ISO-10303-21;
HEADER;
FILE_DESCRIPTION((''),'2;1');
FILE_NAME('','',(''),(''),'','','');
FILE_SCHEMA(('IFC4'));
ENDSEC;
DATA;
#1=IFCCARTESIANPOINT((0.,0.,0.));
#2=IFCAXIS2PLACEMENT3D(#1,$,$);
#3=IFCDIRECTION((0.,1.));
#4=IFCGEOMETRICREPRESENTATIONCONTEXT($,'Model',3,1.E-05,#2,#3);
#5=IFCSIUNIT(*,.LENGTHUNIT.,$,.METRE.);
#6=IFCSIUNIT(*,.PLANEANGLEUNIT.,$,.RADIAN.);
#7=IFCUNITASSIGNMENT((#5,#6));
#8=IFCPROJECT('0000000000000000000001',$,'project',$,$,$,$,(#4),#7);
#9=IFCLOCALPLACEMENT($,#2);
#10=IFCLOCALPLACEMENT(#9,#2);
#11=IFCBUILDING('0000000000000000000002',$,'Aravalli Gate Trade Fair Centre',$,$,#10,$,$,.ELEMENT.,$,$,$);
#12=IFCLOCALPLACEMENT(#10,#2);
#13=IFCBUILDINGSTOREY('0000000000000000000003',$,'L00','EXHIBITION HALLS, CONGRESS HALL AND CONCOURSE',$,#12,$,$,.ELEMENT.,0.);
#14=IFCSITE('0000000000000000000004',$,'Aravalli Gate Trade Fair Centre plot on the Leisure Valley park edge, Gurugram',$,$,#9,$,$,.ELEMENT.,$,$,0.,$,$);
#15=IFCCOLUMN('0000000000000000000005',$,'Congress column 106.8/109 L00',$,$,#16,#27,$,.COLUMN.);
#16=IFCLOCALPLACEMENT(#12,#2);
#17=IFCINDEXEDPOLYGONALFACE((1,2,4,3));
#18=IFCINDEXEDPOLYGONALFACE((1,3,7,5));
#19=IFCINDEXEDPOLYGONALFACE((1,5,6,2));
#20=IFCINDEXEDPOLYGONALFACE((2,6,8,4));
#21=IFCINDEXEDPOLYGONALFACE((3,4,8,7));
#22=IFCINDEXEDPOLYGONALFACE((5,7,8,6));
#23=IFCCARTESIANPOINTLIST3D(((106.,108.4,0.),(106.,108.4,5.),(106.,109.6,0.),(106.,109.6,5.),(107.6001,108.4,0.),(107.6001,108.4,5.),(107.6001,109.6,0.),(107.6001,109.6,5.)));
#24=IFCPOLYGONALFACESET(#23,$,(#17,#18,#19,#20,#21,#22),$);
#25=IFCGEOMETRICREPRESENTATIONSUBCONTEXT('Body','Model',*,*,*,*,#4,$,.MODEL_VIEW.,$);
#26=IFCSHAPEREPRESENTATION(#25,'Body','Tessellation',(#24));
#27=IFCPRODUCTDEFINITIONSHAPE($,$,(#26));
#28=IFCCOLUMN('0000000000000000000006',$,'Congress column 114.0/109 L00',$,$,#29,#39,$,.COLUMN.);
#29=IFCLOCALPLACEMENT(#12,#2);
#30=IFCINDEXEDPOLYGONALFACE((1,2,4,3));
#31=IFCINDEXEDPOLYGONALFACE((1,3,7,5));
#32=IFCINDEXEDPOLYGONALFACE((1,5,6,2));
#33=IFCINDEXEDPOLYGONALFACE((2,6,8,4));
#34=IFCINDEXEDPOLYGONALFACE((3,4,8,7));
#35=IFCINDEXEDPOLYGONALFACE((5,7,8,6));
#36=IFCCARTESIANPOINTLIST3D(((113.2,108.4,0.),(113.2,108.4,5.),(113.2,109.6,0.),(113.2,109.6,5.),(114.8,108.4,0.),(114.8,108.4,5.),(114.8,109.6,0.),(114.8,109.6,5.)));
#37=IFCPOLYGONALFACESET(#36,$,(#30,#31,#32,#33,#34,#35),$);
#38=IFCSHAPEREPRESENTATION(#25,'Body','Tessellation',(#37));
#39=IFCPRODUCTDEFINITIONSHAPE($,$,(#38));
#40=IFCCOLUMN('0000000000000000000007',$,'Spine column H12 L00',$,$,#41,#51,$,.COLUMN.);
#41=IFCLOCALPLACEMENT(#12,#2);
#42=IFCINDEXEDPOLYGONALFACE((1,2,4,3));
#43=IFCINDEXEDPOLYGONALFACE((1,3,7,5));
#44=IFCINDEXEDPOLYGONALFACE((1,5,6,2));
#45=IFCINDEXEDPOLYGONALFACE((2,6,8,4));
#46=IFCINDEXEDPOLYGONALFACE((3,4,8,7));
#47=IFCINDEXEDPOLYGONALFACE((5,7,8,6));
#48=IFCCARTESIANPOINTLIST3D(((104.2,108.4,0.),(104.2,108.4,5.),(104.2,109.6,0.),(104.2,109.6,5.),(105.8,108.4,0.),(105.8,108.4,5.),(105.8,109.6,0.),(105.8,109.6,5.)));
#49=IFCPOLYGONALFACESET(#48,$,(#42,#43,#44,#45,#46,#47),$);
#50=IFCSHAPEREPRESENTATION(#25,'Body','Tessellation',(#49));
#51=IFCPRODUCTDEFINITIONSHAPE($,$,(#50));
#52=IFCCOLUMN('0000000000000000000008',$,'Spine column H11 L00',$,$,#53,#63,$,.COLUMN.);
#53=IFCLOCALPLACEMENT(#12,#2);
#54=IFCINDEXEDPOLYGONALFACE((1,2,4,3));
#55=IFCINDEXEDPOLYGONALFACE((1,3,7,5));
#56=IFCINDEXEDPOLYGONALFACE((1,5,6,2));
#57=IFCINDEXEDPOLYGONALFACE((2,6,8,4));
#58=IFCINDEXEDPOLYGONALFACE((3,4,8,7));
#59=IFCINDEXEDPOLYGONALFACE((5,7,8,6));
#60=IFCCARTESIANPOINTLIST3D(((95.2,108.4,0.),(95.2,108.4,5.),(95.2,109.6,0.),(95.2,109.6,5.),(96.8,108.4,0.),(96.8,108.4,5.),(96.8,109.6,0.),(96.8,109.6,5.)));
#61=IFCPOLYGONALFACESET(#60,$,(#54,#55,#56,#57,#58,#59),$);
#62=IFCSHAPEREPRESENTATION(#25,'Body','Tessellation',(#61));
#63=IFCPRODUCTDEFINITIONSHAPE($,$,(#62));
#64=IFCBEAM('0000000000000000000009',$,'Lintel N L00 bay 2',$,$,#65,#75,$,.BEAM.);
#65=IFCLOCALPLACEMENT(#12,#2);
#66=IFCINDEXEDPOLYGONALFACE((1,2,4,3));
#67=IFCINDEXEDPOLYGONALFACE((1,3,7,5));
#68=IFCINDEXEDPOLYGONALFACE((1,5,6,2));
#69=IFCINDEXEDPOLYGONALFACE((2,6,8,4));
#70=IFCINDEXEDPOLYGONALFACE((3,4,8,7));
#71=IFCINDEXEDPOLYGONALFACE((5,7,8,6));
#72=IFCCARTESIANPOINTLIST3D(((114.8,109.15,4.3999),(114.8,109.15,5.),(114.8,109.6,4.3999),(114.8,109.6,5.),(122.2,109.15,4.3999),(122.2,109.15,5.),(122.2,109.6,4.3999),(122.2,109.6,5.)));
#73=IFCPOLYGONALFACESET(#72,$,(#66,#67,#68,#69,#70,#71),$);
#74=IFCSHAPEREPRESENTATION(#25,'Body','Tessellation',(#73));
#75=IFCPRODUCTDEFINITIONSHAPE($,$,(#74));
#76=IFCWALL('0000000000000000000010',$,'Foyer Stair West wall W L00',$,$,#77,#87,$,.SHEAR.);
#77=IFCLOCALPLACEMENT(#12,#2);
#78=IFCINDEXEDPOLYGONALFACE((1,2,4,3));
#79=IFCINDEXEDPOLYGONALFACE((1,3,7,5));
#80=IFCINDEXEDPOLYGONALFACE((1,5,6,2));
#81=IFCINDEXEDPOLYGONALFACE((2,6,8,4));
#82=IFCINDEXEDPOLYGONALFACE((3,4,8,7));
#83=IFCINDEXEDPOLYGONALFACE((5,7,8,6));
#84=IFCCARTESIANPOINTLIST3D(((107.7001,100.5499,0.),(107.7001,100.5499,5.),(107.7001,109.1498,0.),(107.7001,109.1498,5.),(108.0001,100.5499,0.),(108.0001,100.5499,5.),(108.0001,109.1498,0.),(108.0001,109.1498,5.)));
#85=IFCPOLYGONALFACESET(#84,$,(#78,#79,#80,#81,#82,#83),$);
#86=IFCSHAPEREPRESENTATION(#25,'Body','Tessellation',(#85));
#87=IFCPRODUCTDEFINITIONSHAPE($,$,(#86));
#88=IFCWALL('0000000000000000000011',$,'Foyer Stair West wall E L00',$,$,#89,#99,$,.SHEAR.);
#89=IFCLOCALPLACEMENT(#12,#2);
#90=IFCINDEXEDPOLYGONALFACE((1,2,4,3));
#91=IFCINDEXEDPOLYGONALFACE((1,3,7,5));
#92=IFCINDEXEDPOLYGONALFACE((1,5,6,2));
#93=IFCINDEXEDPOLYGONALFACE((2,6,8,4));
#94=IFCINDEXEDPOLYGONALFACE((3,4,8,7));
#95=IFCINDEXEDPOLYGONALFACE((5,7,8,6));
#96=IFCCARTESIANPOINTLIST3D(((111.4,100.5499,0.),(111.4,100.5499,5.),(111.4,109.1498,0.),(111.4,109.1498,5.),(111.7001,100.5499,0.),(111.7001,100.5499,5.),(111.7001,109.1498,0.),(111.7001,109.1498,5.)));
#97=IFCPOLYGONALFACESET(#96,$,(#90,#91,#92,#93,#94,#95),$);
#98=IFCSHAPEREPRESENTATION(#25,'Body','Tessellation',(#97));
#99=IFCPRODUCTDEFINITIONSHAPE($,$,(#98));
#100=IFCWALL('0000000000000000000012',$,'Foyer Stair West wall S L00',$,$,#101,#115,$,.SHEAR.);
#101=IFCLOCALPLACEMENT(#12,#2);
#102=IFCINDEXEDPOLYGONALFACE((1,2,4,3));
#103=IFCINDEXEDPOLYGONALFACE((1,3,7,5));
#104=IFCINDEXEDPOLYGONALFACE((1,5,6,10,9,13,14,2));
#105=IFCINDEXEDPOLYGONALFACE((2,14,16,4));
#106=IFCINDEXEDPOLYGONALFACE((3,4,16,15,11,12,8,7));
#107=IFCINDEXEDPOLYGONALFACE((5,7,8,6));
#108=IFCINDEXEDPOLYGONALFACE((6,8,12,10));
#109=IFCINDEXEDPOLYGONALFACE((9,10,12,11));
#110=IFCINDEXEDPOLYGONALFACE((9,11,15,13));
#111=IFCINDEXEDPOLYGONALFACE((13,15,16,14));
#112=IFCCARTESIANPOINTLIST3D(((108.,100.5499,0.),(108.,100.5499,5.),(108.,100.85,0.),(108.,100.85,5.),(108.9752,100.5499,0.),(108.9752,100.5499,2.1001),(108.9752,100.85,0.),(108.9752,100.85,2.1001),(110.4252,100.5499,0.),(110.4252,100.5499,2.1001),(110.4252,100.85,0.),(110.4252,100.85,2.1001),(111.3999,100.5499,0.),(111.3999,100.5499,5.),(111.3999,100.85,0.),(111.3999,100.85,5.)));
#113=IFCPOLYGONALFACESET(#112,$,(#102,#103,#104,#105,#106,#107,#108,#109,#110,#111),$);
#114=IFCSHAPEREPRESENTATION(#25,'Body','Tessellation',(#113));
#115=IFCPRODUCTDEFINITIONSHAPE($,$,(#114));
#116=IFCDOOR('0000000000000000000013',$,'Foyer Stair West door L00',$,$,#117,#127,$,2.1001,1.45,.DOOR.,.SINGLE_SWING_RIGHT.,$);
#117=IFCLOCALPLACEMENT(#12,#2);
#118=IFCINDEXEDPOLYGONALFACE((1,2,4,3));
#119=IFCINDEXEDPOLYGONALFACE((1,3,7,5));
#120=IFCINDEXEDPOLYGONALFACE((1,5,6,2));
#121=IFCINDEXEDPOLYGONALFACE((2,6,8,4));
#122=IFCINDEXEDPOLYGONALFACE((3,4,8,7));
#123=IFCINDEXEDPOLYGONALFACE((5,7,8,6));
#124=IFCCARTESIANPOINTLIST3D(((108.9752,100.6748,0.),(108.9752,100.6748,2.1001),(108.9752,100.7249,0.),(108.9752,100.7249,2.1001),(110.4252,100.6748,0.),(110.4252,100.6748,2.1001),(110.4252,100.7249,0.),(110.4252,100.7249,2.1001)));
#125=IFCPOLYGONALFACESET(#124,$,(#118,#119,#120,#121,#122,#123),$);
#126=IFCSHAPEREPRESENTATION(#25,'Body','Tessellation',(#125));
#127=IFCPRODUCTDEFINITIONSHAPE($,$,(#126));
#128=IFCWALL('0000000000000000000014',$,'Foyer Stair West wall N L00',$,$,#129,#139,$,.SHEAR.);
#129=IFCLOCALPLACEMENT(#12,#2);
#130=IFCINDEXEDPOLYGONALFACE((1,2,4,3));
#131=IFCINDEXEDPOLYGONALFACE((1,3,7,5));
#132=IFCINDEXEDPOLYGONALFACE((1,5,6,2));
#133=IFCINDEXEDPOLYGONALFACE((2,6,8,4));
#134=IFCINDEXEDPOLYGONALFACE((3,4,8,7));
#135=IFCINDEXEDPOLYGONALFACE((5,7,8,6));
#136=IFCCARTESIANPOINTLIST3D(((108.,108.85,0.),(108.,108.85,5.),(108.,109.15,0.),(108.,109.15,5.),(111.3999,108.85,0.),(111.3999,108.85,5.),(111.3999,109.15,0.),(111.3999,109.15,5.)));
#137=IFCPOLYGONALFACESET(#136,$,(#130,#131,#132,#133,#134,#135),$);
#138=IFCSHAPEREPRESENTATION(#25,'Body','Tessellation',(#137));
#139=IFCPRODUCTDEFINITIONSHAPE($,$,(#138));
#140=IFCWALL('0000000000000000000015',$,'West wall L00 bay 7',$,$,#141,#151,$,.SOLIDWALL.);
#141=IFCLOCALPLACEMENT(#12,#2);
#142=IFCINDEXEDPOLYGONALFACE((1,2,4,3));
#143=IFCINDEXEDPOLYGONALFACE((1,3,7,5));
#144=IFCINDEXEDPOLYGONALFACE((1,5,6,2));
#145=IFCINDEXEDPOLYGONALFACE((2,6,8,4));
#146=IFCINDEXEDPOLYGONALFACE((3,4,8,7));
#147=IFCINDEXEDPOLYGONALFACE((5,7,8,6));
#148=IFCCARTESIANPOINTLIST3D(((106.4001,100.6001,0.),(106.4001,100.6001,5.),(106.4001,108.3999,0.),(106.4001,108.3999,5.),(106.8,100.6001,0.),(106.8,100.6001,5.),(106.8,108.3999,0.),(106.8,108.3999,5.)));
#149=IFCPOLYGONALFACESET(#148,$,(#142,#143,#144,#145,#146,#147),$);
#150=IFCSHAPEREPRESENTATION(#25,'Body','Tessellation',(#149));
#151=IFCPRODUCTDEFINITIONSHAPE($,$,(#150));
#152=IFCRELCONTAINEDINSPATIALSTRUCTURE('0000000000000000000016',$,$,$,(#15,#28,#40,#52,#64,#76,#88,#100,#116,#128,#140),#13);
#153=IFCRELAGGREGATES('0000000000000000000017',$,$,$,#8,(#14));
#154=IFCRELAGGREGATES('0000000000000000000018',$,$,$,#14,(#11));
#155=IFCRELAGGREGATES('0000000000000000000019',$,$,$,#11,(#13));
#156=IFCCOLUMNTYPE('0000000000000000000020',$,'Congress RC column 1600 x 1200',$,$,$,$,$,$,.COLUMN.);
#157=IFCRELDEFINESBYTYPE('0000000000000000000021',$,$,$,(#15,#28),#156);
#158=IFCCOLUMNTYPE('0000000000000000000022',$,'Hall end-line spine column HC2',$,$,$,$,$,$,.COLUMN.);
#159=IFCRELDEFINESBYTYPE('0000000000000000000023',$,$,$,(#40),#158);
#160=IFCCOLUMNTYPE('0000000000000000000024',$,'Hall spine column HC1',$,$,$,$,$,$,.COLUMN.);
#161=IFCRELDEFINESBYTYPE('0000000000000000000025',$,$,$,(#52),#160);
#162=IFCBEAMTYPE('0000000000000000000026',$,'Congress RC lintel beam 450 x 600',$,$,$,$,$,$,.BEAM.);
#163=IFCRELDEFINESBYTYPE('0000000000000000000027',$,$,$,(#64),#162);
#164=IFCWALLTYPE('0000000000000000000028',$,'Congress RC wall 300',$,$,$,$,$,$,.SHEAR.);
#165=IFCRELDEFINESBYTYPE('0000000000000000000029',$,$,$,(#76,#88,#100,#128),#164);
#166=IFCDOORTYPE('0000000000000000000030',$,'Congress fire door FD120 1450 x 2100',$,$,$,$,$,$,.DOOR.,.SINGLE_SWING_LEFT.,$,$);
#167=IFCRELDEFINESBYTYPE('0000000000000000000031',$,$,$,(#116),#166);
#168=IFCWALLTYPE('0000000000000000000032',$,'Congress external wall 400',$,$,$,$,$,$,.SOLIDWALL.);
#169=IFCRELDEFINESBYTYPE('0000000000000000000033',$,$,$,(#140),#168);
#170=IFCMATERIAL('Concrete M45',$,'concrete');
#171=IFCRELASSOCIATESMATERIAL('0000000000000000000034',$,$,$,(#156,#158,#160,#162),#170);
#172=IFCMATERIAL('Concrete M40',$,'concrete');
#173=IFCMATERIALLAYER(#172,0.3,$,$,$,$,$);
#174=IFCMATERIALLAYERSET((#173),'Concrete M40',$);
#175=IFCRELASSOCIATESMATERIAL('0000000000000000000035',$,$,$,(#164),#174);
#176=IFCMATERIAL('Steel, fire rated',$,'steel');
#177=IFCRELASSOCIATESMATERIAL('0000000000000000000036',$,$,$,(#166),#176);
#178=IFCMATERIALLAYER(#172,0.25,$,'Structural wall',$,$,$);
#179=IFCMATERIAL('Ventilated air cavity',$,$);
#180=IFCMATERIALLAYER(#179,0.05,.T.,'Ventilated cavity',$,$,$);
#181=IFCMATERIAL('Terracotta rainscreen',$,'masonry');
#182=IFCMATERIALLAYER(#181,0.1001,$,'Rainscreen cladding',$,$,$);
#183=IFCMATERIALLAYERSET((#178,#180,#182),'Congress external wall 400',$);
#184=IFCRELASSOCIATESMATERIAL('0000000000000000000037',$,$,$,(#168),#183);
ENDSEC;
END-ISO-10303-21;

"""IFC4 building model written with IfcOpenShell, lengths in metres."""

from ifc_helpers import new_model, si_unit, direction, frame, frame_2d, origin, origin_2d, place, context, subcontext, project, spatial, rectangle, extrude, material, layer, layer_set, material_profile, profile_set, type_object, element, fill, save


model = new_model("IFC4")

# Units and contexts
model_context = context("Model", 3, precision=1e-05, world=origin(), true_north=direction((0.0, 1.0)))
body_context = subcontext(model_context, "Body", "Model", "MODEL_VIEW")
ifc_project = project(units=[si_unit("LENGTHUNIT", "METRE"), si_unit("PLANEANGLEUNIT", "RADIAN")], contexts=[model_context])

# Site, building, storey
site_placement = place(None, origin())
site = spatial("IfcSite", under=ifc_project, at=site_placement, Name="Aravalli Gate Trade Fair Centre plot on the Leisure Valley park edge, Gurugram", CompositionType="ELEMENT", RefElevation=0.0)
building_placement = place(site_placement, origin())
building = spatial("IfcBuilding", under=site, at=building_placement, Name="Aravalli Gate Trade Fair Centre", CompositionType="ELEMENT")
storey_placement = place(building_placement, origin())
storey = spatial("IfcBuildingStorey", under=building, at=storey_placement, Name="L00", Description="EXHIBITION HALLS, CONGRESS HALL AND CONCOURSE", CompositionType="ELEMENT", Elevation=0.0)

# Columns
ifc_material_1 = material(Name="Concrete M45", Category="concrete")
ifc_material_profile_1 = material_profile(ifc_material_1, rectangle(XDim=1.6001, YDim=1.2, at=origin_2d()), Name="RC 1600x1200")
ifc_profile_set_1 = profile_set([ifc_material_profile_1], Name="Concrete M45")
column_type_1 = type_object("IfcColumnType", Name="Congress RC column 1600 x 1200", PredefinedType="COLUMN", material=ifc_profile_set_1)
for number, where, z_axis, x_axis, name in (
    (1, (106.8, 109.0, 0.0), (0.0, 0.0, 1.0), (1.0, 0.0, 0.0), "Congress column 106.8/109 L00"),
    (2, (114.0, 109.0, 0.0), (0.0, 0.0, 1.0), (1.0, 0.0, 0.0), "Congress column 114.0/109 L00"),
):
    element("IfcColumn", number, at=place(storey_placement, frame(where, z_axis=z_axis, x_axis=x_axis)), inside=storey, type_object=column_type_1, Name=name, PredefinedType="COLUMN", context=body_context, shape_type="SweptSolid", body=[
        extrude(rectangle(XDim=1.6001, YDim=1.2, at=origin_2d()), origin(), (0.0, 0.0, 1.0), 5.0),
    ])
ifc_material_profile_2 = material_profile(ifc_material_1, rectangle(XDim=1.6001, YDim=1.2, at=origin_2d()), Name="RC 1600x1200")
ifc_profile_set_2 = profile_set([ifc_material_profile_2], Name="Concrete M45")
column_type_2 = type_object("IfcColumnType", Name="Hall end-line spine column HC2", PredefinedType="COLUMN", material=ifc_profile_set_2)
column_1_placement = place(storey_placement, frame((105.0, 109.0, 0.0), z_axis=(0.0, 0.0, 1.0), x_axis=(1.0, 0.0, 0.0)))
element("IfcColumn", 3, at=column_1_placement, inside=storey, type_object=column_type_2, Name="Spine column H12 L00", PredefinedType="COLUMN", context=body_context, shape_type="SweptSolid", body=[
    extrude(rectangle(XDim=1.6001, YDim=1.2, at=origin_2d()), origin(), (0.0, 0.0, 1.0), 5.0),
])
ifc_material_profile_3 = material_profile(ifc_material_1, rectangle(XDim=1.6001, YDim=1.2, at=origin_2d()), Name="RC 1600x1200")
ifc_profile_set_3 = profile_set([ifc_material_profile_3], Name="Concrete M45")
column_type_3 = type_object("IfcColumnType", Name="Hall spine column HC1", PredefinedType="COLUMN", material=ifc_profile_set_3)
column_2_placement = place(storey_placement, frame((96.0, 109.0, 0.0), z_axis=(0.0, 0.0, 1.0), x_axis=(1.0, 0.0, 0.0)))
element("IfcColumn", 4, at=column_2_placement, inside=storey, type_object=column_type_3, Name="Spine column H11 L00", PredefinedType="COLUMN", context=body_context, shape_type="SweptSolid", body=[
    extrude(rectangle(XDim=1.6001, YDim=1.2, at=origin_2d()), origin(), (0.0, 0.0, 1.0), 5.0),
])

# Beam
ifc_material_profile_4 = material_profile(ifc_material_1, rectangle(XDim=0.45, YDim=0.6001, at=origin_2d()), Name="RC 450x600")
ifc_profile_set_4 = profile_set([ifc_material_profile_4], Name="Concrete M45")
beam_type = type_object("IfcBeamType", Name="Congress RC lintel beam 450 x 600", PredefinedType="BEAM", material=ifc_profile_set_4)
beam_placement = place(storey_placement, frame((114.8, 109.375, 4.7), z_axis=(1.0, 0.0, 0.0), x_axis=(0.0, 1.0, 0.0)))
element("IfcBeam", 5, at=beam_placement, inside=storey, type_object=beam_type, Name="Lintel N L00 bay 2", PredefinedType="BEAM", context=body_context, shape_type="SweptSolid", body=[
    extrude(rectangle(XDim=0.45, YDim=0.6001, at=origin_2d()), origin(), (0.0, 0.0, 1.0), 7.3999),
])

# Walls
ifc_material_2 = material(Name="Concrete M40", Category="concrete")
ifc_layer_1 = layer(ifc_material_2, 0.3)
ifc_layer_set_1 = layer_set([ifc_layer_1], Name="Concrete M40")
wall_type_1 = type_object("IfcWallType", Name="Congress RC wall 300", PredefinedType="SHEAR", material=ifc_layer_set_1)
for number, where, z_axis, x_axis, name in (
    (6, (107.8501, 100.55, 0.0), (0.0, 0.0, 1.0), (0.0, 1.0, 0.0), "Foyer Stair West wall W L00"),
    (7, (111.55, 100.55, 0.0), (0.0, 0.0, 1.0), (0.0, 1.0, 0.0), "Foyer Stair West wall E L00"),
):
    element("IfcWall", number, at=place(storey_placement, frame(where, z_axis=z_axis, x_axis=x_axis)), inside=storey, type_object=wall_type_1, Name=name, PredefinedType="SHEAR", context=body_context, shape_type="SweptSolid", body=[
        extrude(rectangle(XDim=8.5999, YDim=0.3, at=frame_2d((4.2998, 0.0))), origin(), (0.0, 0.0, 1.0), 5.0),
    ])

# Wall, opening, door
wall_1_placement = place(storey_placement, frame((108.0, 100.7, 0.0), z_axis=(0.0, 0.0, 1.0), x_axis=(1.0, 0.0, 0.0)))
wall_1 = element("IfcWall", 8, at=wall_1_placement, inside=storey, type_object=wall_type_1, Name="Foyer Stair West wall S L00", PredefinedType="SHEAR", context=body_context, shape_type="SweptSolid", body=[
    extrude(rectangle(XDim=3.3999, YDim=0.3, at=frame_2d((1.7, 0.0))), origin(), (0.0, 0.0, 1.0), 5.0),
])
opening_1_placement = place(wall_1_placement, frame((0.9751, 0.0, 0.0)))
opening_1 = element("IfcOpeningElement", 9, at=opening_1_placement, cuts=wall_1, PredefinedType="OPENING", context=body_context, shape_type="SweptSolid", body=[
    extrude(rectangle(XDim=1.45, YDim=2.1001, at=frame_2d((0.7251, 1.05))), frame((0.0, 0.1599, 0.0), z_axis=(0.0, -1.0, 0.0), x_axis=(1.0, 0.0, 0.0)), (0.0, 0.0, 1.0), 0.3201),
])
ifc_material_3 = material(Name="Steel, fire rated", Category="steel")
door_type_1 = type_object("IfcDoorType", Name="Congress fire door FD120 1450 x 2100", OperationType="SINGLE_SWING_LEFT", PredefinedType="DOOR", material=ifc_material_3)
door_1_placement = place(opening_1_placement, origin())
door_1 = element("IfcDoor", 10, at=door_1_placement, inside=storey, type_object=door_type_1, Name="Foyer Stair West door L00", OperationType="SINGLE_SWING_RIGHT", OverallHeight=2.1001, OverallWidth=1.45, PredefinedType="DOOR", context=body_context, shape_type="SweptSolid", body=[
    extrude(rectangle(XDim=1.45, YDim=2.1001, at=frame_2d((0.7251, 1.05))), frame((0.0, 0.0249, 0.0), z_axis=(0.0, -1.0, 0.0), x_axis=(1.0, 0.0, 0.0)), (0.0, 0.0, 1.0), 0.05),
])
fill(opening_1, door_1)

# Walls
wall_2_placement = place(storey_placement, frame((108.0, 109.0, 0.0), z_axis=(0.0, 0.0, 1.0), x_axis=(1.0, 0.0, 0.0)))
element("IfcWall", 11, at=wall_2_placement, inside=storey, type_object=wall_type_1, Name="Foyer Stair West wall N L00", PredefinedType="SHEAR", context=body_context, shape_type="SweptSolid", body=[
    extrude(rectangle(XDim=3.3999, YDim=0.3, at=frame_2d((1.7, 0.0))), origin(), (0.0, 0.0, 1.0), 5.0),
])
ifc_layer_2 = layer(ifc_material_2, 0.25, Name="Structural wall")
ifc_material_4 = material(Name="Ventilated air cavity")
ifc_layer_3 = layer(ifc_material_4, 0.05, ventilated=True, Name="Ventilated cavity")
ifc_material_5 = material(Name="Terracotta rainscreen", Category="masonry")
ifc_layer_4 = layer(ifc_material_5, 0.1001, Name="Rainscreen cladding")
ifc_layer_set_2 = layer_set([ifc_layer_2, ifc_layer_3, ifc_layer_4], Name="Congress external wall 400")
wall_type_2 = type_object("IfcWallType", Name="Congress external wall 400", PredefinedType="SOLIDWALL", material=ifc_layer_set_2)
wall_3_placement = place(storey_placement, frame((106.6001, 100.6001, 0.0), z_axis=(0.0, 0.0, 1.0), x_axis=(0.0, 1.0, 0.0)))
element("IfcWall", 12, at=wall_3_placement, inside=storey, type_object=wall_type_2, Name="West wall L00 bay 7", PredefinedType="SOLIDWALL", context=body_context, shape_type="SweptSolid", body=[
    extrude(rectangle(XDim=7.7998, YDim=0.3999, at=frame_2d((3.8999, 0.0))), origin(), (0.0, 0.0, 1.0), 5.0),
])

save(model, "model.ifc")
